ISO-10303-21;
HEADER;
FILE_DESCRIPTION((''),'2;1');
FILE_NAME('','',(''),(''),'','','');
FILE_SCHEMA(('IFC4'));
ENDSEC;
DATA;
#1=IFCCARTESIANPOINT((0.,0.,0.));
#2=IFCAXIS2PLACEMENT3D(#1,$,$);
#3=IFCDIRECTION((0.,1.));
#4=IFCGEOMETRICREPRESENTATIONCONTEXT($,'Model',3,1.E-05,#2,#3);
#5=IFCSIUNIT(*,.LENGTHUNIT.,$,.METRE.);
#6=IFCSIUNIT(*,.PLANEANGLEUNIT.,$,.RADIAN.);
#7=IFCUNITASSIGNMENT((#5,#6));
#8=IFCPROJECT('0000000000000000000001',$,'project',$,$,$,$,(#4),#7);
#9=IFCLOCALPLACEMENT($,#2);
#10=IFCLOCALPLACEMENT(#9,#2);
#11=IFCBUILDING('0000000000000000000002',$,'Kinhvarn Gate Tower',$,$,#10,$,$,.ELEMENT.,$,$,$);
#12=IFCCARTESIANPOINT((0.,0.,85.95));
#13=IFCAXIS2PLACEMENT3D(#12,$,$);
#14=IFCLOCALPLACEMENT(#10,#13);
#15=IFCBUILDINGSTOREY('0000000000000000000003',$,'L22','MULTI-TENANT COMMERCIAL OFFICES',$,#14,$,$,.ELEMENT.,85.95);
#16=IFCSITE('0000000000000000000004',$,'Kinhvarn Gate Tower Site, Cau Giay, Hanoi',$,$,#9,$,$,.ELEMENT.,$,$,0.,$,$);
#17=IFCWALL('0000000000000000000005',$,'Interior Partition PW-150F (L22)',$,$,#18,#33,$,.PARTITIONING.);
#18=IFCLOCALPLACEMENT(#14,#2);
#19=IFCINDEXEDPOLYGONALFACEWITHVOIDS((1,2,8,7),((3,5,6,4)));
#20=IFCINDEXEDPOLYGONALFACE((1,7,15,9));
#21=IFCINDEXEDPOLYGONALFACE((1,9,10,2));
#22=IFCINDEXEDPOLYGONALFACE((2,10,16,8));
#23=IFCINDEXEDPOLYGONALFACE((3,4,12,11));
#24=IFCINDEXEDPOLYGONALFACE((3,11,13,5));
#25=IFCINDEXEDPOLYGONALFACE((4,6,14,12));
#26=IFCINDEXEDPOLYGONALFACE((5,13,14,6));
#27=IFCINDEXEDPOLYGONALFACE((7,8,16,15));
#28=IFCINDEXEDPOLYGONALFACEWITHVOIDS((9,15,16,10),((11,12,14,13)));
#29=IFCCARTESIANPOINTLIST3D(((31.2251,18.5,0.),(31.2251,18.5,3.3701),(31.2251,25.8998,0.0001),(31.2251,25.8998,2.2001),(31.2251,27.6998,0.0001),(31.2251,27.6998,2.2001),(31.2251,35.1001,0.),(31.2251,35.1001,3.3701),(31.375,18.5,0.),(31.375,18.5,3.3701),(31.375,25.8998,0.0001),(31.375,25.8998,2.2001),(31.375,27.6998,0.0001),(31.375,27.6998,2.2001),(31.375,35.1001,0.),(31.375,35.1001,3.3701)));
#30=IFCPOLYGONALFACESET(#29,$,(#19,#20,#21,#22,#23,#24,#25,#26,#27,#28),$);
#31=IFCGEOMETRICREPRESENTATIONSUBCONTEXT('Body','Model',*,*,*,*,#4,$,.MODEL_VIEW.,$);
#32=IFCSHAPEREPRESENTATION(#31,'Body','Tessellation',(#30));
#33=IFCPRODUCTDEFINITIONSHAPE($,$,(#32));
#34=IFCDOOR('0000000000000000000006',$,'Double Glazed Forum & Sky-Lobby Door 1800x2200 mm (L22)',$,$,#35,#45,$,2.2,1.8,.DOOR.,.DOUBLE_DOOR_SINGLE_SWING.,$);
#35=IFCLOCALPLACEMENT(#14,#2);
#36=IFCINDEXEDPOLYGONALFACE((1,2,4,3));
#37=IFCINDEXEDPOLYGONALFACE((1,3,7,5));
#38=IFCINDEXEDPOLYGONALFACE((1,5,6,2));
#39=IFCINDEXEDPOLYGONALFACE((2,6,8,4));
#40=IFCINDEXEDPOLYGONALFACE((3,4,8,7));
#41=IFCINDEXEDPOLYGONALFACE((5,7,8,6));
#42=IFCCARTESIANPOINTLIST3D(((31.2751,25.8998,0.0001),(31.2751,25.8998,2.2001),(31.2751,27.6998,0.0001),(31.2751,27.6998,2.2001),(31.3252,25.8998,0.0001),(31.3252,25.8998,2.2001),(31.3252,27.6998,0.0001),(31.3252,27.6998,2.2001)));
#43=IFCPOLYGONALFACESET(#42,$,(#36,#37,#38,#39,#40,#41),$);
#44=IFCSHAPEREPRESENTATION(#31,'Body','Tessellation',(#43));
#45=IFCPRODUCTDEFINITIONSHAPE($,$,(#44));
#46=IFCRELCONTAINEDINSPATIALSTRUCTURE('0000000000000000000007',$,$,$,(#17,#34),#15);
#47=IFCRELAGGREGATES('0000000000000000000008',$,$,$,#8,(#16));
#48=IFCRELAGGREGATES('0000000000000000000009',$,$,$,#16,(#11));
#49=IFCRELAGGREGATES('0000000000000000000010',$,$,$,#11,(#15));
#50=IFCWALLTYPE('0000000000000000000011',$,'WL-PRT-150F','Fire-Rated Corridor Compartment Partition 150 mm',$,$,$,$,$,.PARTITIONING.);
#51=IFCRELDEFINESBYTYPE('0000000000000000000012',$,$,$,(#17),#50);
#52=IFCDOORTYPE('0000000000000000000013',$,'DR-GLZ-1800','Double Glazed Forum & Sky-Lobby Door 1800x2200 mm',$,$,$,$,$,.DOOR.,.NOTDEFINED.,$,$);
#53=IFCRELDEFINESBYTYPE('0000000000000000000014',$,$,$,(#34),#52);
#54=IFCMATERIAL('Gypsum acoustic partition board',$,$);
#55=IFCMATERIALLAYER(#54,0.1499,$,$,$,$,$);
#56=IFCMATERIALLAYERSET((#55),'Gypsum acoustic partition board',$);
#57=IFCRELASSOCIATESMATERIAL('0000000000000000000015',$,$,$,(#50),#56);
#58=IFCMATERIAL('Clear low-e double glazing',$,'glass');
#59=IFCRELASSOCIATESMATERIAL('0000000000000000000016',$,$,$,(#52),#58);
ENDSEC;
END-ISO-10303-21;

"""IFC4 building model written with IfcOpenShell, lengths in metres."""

from ifc_helpers import new_model, si_unit, direction, frame, frame_2d, origin, place, context, subcontext, project, spatial, rectangle, extrude, material, layer, layer_set, type_object, element, fill, save


model = new_model("IFC4")

# Units and contexts
model_context = context("Model", 3, precision=1e-05, world=origin(), true_north=direction((0.0, 1.0)))
body_context = subcontext(model_context, "Body", "Model", "MODEL_VIEW")
ifc_project = project(units=[si_unit("LENGTHUNIT", "METRE"), si_unit("PLANEANGLEUNIT", "RADIAN")], contexts=[model_context])

# Site, building, storey
site_placement = place(None, origin())
site = spatial("IfcSite", under=ifc_project, at=site_placement, Name="Kinhvarn Gate Tower Site, Cau Giay, Hanoi", CompositionType="ELEMENT", RefElevation=0.0)
building_placement = place(site_placement, origin())
building = spatial("IfcBuilding", under=site, at=building_placement, Name="Kinhvarn Gate Tower", CompositionType="ELEMENT")
storey_placement = place(building_placement, frame((0.0, 0.0, 85.95)))
storey = spatial("IfcBuildingStorey", under=building, at=storey_placement, Name="L22", Description="MULTI-TENANT COMMERCIAL OFFICES", CompositionType="ELEMENT", Elevation=85.95)

# Shared definitions
ifc_material_1 = material(Name="Gypsum acoustic partition board")

# Shared definitions
ifc_layer_1 = layer(ifc_material_1, 0.1499)
ifc_layer_set_1 = layer_set([ifc_layer_1], Name="Gypsum acoustic partition board")
wall_type_1 = type_object("IfcWallType", Name="WL-PRT-150F", Description="Fire-Rated Corridor Compartment Partition 150 mm", PredefinedType="PARTITIONING", material=ifc_layer_set_1)

# Wall, opening, door
ifc_material_2 = material(Name="Clear low-e double glazing", Category="glass")
door_type_1 = type_object("IfcDoorType", Name="DR-GLZ-1800", Description="Double Glazed Forum & Sky-Lobby Door 1800x2200 mm", OperationType="NOTDEFINED", PredefinedType="DOOR", material=ifc_material_2)
wall_1_placement = place(storey_placement, frame((31.3, 18.5, 0.0), z_axis=(0.0, 0.0, 1.0), x_axis=(0.0, 1.0, 0.0)))
wall_1 = element("IfcWall", 1, at=wall_1_placement, inside=storey, type_object=wall_type_1, Name="Interior Partition PW-150F (L22)", PredefinedType="PARTITIONING", context=body_context, shape_type="SweptSolid", body=[
    extrude(rectangle(XDim=16.6001, YDim=0.1499, at=frame_2d((8.3, 0.0))), origin(), (0.0, 0.0, 1.0), 3.3701),
])
opening_1_placement = place(wall_1_placement, frame((7.3999, 0.0, 0.0)))
opening_1 = element("IfcOpeningElement", 2, at=opening_1_placement, cuts=wall_1, PredefinedType="OPENING", context=body_context, shape_type="SweptSolid", body=[
    extrude(rectangle(XDim=1.8, YDim=2.2, at=frame_2d((0.8999, 1.1001))), frame((0.0, 0.085, 0.0), z_axis=(0.0, -1.0, 0.0), x_axis=(1.0, 0.0, 0.0)), (0.0, 0.0, 1.0), 0.1699),
])
door_1_placement = place(opening_1_placement, origin())
door_1 = element("IfcDoor", 3, at=door_1_placement, inside=storey, type_object=door_type_1, Name="Double Glazed Forum & Sky-Lobby Door 1800x2200 mm (L22)", OperationType="DOUBLE_DOOR_SINGLE_SWING", OverallHeight=2.2, OverallWidth=1.8, PredefinedType="DOOR", context=body_context, shape_type="SweptSolid", body=[
    extrude(rectangle(XDim=1.8, YDim=2.2, at=frame_2d((0.8999, 1.1001))), frame((0.0, 0.0249, 0.0), z_axis=(0.0, -1.0, 0.0), x_axis=(1.0, 0.0, 0.0)), (0.0, 0.0, 1.0), 0.05),
])
fill(opening_1, door_1)

save(model, "model.ifc")
